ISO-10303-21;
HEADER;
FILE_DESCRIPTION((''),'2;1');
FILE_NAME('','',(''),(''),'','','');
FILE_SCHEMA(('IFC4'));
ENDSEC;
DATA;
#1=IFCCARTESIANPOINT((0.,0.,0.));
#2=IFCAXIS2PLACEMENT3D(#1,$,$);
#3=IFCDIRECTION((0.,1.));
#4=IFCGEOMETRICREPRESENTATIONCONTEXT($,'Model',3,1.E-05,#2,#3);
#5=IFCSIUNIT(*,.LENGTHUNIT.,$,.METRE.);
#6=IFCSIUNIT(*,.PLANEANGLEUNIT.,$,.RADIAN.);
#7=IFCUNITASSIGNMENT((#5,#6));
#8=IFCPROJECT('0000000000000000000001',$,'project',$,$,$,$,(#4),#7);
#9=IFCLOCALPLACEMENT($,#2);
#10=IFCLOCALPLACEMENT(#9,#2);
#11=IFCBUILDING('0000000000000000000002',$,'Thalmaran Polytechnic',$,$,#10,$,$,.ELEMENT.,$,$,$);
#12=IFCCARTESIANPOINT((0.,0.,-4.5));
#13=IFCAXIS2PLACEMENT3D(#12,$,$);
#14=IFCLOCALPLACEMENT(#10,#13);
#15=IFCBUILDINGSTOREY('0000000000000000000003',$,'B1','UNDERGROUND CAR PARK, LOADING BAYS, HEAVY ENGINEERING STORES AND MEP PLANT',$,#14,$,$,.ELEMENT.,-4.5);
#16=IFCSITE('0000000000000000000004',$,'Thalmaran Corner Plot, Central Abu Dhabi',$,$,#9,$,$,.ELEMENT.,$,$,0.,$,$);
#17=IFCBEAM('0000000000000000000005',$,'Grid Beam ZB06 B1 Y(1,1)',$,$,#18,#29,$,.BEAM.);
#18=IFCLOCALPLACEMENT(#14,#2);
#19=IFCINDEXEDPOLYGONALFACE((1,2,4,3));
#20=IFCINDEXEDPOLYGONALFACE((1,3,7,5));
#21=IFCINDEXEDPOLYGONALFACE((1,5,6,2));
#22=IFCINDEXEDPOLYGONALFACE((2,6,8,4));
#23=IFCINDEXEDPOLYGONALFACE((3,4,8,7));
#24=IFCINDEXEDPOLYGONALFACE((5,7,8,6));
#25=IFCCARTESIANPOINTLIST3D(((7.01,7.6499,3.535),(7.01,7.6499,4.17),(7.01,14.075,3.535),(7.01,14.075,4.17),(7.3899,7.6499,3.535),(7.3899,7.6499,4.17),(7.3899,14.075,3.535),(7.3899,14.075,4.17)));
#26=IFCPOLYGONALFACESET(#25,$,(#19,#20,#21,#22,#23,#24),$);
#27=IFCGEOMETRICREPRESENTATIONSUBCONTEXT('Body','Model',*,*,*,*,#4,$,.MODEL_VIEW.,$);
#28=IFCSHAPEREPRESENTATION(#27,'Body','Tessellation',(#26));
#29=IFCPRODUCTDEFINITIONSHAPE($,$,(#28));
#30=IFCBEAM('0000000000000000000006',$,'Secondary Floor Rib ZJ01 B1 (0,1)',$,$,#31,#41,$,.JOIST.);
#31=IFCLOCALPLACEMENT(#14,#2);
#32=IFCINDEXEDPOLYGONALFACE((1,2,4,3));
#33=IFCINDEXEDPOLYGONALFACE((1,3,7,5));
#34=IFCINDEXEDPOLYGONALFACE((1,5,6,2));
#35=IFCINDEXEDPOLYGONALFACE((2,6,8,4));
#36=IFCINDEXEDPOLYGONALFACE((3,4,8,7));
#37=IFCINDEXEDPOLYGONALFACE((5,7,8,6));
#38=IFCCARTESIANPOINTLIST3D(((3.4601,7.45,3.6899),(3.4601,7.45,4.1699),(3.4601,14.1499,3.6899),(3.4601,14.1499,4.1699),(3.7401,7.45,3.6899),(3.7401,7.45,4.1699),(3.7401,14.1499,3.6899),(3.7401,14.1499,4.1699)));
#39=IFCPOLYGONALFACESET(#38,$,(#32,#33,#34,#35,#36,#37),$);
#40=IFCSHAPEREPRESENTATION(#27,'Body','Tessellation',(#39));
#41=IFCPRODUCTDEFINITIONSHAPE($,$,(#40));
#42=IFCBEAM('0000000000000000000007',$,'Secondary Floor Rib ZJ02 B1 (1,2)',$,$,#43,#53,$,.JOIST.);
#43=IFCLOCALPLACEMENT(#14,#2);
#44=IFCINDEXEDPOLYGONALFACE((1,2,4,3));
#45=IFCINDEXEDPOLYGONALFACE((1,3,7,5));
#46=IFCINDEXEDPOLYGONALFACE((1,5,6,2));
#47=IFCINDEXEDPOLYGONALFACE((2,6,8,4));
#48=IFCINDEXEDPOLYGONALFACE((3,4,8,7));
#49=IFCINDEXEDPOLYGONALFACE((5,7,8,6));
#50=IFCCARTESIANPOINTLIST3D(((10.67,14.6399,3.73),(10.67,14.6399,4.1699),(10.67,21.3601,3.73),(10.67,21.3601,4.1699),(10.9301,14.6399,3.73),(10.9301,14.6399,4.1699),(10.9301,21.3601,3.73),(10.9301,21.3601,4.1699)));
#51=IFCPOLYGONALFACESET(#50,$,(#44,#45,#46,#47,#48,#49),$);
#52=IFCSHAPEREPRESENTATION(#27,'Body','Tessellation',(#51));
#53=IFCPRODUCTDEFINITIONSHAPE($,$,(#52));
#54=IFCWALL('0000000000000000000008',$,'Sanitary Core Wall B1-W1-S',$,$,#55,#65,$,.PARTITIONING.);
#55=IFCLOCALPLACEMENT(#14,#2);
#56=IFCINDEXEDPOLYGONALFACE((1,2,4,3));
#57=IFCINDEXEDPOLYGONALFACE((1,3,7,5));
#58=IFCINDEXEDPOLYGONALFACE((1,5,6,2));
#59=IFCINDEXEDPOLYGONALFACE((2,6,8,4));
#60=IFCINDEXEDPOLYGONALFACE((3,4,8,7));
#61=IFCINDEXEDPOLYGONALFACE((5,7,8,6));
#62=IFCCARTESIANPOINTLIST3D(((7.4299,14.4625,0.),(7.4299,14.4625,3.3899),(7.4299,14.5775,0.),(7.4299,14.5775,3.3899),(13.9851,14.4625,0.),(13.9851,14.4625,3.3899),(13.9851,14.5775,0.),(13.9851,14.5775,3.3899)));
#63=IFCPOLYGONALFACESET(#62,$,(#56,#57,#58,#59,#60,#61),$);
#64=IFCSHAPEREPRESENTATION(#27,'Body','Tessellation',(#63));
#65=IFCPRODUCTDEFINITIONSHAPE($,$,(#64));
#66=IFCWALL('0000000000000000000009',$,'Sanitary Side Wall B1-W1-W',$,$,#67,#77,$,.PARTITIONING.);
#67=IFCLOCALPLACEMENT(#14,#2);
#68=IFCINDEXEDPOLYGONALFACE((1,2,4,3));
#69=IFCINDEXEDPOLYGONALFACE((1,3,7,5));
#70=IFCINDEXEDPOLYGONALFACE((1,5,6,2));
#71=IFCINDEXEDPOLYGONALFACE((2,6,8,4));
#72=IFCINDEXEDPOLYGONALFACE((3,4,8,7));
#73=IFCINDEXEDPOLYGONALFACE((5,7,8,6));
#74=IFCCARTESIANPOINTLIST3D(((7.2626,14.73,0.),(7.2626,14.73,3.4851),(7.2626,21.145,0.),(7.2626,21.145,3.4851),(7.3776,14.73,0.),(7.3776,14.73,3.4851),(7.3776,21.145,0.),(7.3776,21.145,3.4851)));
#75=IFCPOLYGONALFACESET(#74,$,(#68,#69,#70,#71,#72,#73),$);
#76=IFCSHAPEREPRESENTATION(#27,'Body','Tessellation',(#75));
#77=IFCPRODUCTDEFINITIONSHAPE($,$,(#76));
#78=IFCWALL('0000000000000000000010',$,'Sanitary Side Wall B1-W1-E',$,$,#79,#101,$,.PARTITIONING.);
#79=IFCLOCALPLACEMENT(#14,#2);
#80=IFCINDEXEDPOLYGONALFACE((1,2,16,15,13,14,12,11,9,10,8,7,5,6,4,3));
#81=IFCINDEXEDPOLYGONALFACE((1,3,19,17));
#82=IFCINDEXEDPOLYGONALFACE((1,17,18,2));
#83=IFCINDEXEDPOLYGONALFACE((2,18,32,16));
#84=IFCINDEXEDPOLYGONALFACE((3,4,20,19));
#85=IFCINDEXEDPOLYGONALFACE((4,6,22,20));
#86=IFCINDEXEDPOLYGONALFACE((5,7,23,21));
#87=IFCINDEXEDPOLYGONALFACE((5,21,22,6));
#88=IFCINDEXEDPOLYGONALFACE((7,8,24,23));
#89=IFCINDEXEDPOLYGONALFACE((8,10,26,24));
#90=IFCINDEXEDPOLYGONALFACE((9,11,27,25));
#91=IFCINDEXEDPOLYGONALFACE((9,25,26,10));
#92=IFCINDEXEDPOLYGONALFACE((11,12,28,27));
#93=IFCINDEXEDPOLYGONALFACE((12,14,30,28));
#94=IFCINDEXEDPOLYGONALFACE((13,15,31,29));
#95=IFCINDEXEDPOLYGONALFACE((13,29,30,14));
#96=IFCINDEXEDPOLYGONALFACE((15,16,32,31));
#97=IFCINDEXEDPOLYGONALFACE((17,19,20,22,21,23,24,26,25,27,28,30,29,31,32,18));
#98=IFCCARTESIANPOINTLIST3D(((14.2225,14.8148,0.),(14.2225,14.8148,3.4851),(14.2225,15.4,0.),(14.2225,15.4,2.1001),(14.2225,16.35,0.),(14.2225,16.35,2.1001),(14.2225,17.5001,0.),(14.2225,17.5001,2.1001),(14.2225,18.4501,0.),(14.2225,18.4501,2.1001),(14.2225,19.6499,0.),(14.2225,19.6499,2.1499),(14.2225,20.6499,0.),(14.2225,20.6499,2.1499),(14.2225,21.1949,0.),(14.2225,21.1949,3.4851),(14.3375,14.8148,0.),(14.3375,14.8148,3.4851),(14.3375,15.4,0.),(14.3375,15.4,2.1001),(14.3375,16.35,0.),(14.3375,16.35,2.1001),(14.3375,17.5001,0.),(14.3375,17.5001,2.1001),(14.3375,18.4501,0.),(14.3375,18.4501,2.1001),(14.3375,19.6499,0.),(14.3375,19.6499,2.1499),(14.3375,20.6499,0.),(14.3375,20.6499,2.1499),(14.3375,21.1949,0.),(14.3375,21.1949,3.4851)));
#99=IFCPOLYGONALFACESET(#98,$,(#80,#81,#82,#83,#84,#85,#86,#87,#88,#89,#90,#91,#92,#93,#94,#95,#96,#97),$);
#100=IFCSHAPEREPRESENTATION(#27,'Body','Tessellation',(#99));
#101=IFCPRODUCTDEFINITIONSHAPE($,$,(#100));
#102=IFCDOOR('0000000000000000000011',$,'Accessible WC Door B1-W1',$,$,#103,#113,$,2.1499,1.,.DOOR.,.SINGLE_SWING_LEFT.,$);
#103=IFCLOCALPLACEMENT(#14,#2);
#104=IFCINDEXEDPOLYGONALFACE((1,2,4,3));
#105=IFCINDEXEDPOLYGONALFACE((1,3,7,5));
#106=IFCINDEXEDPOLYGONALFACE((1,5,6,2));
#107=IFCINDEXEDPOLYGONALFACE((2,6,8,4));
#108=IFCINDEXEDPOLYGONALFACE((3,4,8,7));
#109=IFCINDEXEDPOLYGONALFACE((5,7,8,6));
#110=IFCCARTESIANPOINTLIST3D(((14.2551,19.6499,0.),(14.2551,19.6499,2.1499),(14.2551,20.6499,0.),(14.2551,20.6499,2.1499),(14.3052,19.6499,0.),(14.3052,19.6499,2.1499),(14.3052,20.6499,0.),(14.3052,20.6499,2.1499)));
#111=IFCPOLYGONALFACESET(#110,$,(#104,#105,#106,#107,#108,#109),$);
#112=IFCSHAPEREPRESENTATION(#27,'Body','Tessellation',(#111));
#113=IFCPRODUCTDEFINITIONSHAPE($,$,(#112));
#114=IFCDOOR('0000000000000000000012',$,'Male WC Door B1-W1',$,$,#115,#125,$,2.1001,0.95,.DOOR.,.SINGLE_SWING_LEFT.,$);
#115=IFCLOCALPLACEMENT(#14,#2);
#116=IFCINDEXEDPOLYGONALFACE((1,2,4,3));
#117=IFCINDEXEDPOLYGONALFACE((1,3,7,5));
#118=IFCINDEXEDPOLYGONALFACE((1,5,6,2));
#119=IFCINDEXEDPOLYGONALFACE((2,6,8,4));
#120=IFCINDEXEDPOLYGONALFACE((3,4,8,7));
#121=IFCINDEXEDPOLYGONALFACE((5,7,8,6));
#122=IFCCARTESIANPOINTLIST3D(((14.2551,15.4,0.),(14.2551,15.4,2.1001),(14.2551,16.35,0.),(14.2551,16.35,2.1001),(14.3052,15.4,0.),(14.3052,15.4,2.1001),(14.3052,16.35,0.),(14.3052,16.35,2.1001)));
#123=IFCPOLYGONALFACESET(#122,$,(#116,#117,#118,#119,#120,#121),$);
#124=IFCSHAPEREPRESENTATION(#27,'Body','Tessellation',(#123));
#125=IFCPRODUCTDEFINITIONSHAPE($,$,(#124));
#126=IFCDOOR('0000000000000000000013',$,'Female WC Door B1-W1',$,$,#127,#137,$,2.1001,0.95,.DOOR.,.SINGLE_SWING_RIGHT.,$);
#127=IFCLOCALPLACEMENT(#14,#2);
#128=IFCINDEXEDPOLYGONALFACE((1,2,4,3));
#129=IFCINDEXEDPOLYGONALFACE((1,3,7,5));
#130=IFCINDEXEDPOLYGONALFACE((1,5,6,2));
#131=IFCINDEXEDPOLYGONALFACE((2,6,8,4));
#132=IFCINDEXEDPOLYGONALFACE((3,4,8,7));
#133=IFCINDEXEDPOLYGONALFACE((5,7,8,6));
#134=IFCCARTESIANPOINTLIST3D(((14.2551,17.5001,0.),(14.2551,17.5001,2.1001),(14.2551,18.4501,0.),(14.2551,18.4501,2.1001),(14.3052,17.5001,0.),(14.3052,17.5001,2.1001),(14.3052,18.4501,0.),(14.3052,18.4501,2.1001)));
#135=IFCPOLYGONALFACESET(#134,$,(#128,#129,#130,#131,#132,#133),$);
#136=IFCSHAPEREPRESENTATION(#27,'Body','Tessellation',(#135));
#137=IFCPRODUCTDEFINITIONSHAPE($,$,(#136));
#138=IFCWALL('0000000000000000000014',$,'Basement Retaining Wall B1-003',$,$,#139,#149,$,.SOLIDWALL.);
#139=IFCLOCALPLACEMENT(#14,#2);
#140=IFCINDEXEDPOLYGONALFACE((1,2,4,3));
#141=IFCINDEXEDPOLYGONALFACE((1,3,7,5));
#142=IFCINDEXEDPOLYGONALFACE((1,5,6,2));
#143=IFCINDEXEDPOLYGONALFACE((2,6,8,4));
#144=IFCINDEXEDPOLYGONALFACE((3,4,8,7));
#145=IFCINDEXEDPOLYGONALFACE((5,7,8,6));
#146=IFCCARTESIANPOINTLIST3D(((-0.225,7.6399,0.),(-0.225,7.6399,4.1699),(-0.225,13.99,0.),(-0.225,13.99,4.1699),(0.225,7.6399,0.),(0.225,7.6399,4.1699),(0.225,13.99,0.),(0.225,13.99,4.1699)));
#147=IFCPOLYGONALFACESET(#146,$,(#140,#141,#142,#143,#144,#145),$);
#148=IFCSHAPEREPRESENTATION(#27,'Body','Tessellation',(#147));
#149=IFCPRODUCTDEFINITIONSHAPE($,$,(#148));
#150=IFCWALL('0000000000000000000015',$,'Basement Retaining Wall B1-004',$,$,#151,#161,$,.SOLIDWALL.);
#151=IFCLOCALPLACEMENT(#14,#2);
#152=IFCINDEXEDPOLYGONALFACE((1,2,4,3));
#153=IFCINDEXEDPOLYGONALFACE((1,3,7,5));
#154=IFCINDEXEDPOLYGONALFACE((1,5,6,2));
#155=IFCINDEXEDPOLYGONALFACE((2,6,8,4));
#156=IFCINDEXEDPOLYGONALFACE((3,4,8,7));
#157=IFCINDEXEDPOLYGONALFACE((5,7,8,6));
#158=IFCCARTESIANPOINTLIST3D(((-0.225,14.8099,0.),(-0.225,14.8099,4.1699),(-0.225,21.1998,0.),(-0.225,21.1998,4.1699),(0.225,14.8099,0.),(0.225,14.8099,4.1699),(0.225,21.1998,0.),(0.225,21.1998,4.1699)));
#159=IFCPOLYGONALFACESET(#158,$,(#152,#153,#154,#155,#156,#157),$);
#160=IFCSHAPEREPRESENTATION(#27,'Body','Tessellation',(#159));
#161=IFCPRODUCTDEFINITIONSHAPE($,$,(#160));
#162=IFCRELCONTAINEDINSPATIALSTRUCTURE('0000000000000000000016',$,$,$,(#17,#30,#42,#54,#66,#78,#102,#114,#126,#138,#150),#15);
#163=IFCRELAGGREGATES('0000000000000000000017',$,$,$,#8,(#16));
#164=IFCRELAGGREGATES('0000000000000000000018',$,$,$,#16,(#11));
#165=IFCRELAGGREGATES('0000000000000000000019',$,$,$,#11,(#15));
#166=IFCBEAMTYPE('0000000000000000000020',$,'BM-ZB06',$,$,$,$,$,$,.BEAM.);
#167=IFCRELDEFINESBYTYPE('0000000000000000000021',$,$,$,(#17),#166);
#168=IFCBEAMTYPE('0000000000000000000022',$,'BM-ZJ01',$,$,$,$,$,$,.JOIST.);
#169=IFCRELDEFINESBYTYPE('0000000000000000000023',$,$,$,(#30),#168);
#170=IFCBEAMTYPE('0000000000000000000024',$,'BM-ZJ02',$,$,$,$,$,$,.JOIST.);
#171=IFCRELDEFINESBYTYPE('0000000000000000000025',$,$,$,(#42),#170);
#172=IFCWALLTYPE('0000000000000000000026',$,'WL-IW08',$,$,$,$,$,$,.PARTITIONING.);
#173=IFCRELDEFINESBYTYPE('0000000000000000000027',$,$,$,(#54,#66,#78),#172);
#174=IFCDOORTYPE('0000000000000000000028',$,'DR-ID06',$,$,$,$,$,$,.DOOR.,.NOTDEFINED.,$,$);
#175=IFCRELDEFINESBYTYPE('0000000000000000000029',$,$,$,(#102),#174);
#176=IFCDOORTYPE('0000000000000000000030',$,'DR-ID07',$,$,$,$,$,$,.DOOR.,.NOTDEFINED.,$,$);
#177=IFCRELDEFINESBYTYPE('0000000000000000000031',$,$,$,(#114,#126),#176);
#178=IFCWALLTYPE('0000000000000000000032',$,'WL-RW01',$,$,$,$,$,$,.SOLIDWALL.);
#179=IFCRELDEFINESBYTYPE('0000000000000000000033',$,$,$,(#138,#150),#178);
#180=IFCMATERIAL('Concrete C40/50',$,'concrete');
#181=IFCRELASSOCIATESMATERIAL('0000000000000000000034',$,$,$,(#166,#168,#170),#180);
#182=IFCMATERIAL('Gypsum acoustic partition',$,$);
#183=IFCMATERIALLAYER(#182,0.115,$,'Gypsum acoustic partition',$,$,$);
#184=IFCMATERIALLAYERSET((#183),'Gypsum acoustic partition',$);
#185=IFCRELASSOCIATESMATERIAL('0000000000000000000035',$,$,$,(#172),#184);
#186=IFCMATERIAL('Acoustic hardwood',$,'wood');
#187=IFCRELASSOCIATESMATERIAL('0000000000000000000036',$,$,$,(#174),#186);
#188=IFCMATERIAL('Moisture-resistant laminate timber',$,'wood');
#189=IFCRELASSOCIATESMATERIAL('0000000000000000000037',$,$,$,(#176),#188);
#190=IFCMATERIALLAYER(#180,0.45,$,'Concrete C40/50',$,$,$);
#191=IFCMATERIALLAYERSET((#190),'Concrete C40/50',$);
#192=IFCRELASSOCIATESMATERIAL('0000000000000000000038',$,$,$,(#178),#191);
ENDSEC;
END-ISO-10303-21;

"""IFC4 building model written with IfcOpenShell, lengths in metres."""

from ifc_helpers import new_model, si_unit, direction, frame, frame_2d, origin, origin_2d, place, context, subcontext, project, spatial, rectangle, extrude, material, layer, layer_set, material_profile, profile_set, type_object, element, fill, save


model = new_model("IFC4")

# Units and contexts
model_context = context("Model", 3, precision=1e-05, world=origin(), true_north=direction((0.0, 1.0)))
body_context = subcontext(model_context, "Body", "Model", "MODEL_VIEW")
ifc_project = project(units=[si_unit("LENGTHUNIT", "METRE"), si_unit("PLANEANGLEUNIT", "RADIAN")], contexts=[model_context])

# Site, building, storey
site_placement = place(None, origin())
site = spatial("IfcSite", under=ifc_project, at=site_placement, Name="Thalmaran Corner Plot, Central Abu Dhabi", CompositionType="ELEMENT", RefElevation=0.0)
building_placement = place(site_placement, origin())
building = spatial("IfcBuilding", under=site, at=building_placement, Name="Thalmaran Polytechnic", CompositionType="ELEMENT")
storey_placement = place(building_placement, frame((0.0, 0.0, -4.5)))
storey = spatial("IfcBuildingStorey", under=building, at=storey_placement, Name="B1", Description="UNDERGROUND CAR PARK, LOADING BAYS, HEAVY ENGINEERING STORES AND MEP PLANT", CompositionType="ELEMENT", Elevation=-4.5)

# Shared definitions
ifc_material_1 = material(Name="Concrete C40/50", Category="concrete")

# Beams
ifc_material_profile_1 = material_profile(ifc_material_1, rectangle(XDim=0.3799, YDim=0.635, at=origin_2d()), Name="RC 380x635")
ifc_profile_set_1 = profile_set([ifc_material_profile_1], Name="Concrete C40/50")
beam_type_1 = type_object("IfcBeamType", Name="BM-ZB06", PredefinedType="BEAM", material=ifc_profile_set_1)
beam_1_placement = place(storey_placement, frame((7.2, 7.6499, 3.8525), z_axis=(0.0, 1.0, 0.0), x_axis=(-1.0, 0.0, 0.0)))
element("IfcBeam", 1, at=beam_1_placement, inside=storey, type_object=beam_type_1, Name="Grid Beam ZB06 B1 Y(1,1)", PredefinedType="BEAM", context=body_context, shape_type="SweptSolid", body=[
    extrude(rectangle(XDim=0.3799, YDim=0.635, at=origin_2d()), origin(), (0.0, 0.0, 1.0), 6.425),
])
ifc_material_profile_2 = material_profile(ifc_material_1, rectangle(XDim=0.28, YDim=0.48, at=origin_2d()), Name="RC 280x480")
ifc_profile_set_2 = profile_set([ifc_material_profile_2], Name="Concrete C40/50")
beam_type_2 = type_object("IfcBeamType", Name="BM-ZJ01", PredefinedType="JOIST", material=ifc_profile_set_2)
beam_2_placement = place(storey_placement, frame((3.6001, 7.45, 3.9299), z_axis=(0.0, 1.0, 0.0), x_axis=(-1.0, 0.0, 0.0)))
element("IfcBeam", 2, at=beam_2_placement, inside=storey, type_object=beam_type_2, Name="Secondary Floor Rib ZJ01 B1 (0,1)", PredefinedType="JOIST", context=body_context, shape_type="SweptSolid", body=[
    extrude(rectangle(XDim=0.28, YDim=0.48, at=origin_2d()), origin(), (0.0, 0.0, 1.0), 6.7),
])
ifc_material_profile_3 = material_profile(ifc_material_1, rectangle(XDim=0.26, YDim=0.4399, at=origin_2d()), Name="RC 260x440")
ifc_profile_set_3 = profile_set([ifc_material_profile_3], Name="Concrete C40/50")
beam_type_3 = type_object("IfcBeamType", Name="BM-ZJ02", PredefinedType="JOIST", material=ifc_profile_set_3)
beam_3_placement = place(storey_placement, frame((10.8, 14.6399, 3.95), z_axis=(0.0, 1.0, 0.0), x_axis=(-1.0, 0.0, 0.0)))
element("IfcBeam", 3, at=beam_3_placement, inside=storey, type_object=beam_type_3, Name="Secondary Floor Rib ZJ02 B1 (1,2)", PredefinedType="JOIST", context=body_context, shape_type="SweptSolid", body=[
    extrude(rectangle(XDim=0.26, YDim=0.4399, at=origin_2d()), origin(), (0.0, 0.0, 1.0), 6.7202),
])

# Walls
ifc_material_2 = material(Name="Gypsum acoustic partition")
ifc_layer_1 = layer(ifc_material_2, 0.115, Name="Gypsum acoustic partition")
ifc_layer_set_1 = layer_set([ifc_layer_1], Name="Gypsum acoustic partition")
wall_type_1 = type_object("IfcWallType", Name="WL-IW08", PredefinedType="PARTITIONING", material=ifc_layer_set_1)
wall_1_placement = place(storey_placement, frame((7.4299, 14.52, 0.0), z_axis=(0.0, 0.0, 1.0), x_axis=(1.0, 0.0, 0.0)))
element("IfcWall", 4, at=wall_1_placement, inside=storey, type_object=wall_type_1, Name="Sanitary Core Wall B1-W1-S", PredefinedType="PARTITIONING", context=body_context, shape_type="SweptSolid", body=[
    extrude(rectangle(XDim=6.5552, YDim=0.115, at=frame_2d((3.2776, 0.0))), origin(), (0.0, 0.0, 1.0), 3.3899),
])
wall_2_placement = place(storey_placement, frame((7.3201, 14.73, 0.0), z_axis=(0.0, 0.0, 1.0), x_axis=(0.0, 1.0, 0.0)))
element("IfcWall", 5, at=wall_2_placement, inside=storey, type_object=wall_type_1, Name="Sanitary Side Wall B1-W1-W", PredefinedType="PARTITIONING", context=body_context, shape_type="SweptSolid", body=[
    extrude(rectangle(XDim=6.415, YDim=0.115, at=frame_2d((3.2075, 0.0))), origin(), (0.0, 0.0, 1.0), 3.4851),
])

# Wall, openings, doors
wall_3_placement = place(storey_placement, frame((14.28, 14.8149, 0.0), z_axis=(0.0, 0.0, 1.0), x_axis=(0.0, 1.0, 0.0)))
wall_3 = element("IfcWall", 6, at=wall_3_placement, inside=storey, type_object=wall_type_1, Name="Sanitary Side Wall B1-W1-E", PredefinedType="PARTITIONING", context=body_context, shape_type="SweptSolid", body=[
    extrude(rectangle(XDim=6.3801, YDim=0.115, at=frame_2d((3.1899, 0.0))), origin(), (0.0, 0.0, 1.0), 3.4851),
])
opening_1_placement = place(wall_3_placement, frame((0.585, 0.0, 0.0)))
opening_1 = element("IfcOpeningElement", 7, at=opening_1_placement, cuts=wall_3, PredefinedType="OPENING", context=body_context, shape_type="SweptSolid", body=[
    extrude(rectangle(XDim=0.95, YDim=2.1001, at=frame_2d((0.4751, 1.05))), frame((0.0, 0.0674, 0.0), z_axis=(0.0, -1.0, 0.0), x_axis=(1.0, 0.0, 0.0)), (0.0, 0.0, 1.0), 0.135),
])
opening_2_placement = place(wall_3_placement, frame((2.6851, 0.0, 0.0)))
opening_2 = element("IfcOpeningElement", 8, at=opening_2_placement, cuts=wall_3, PredefinedType="OPENING", context=body_context, shape_type="SweptSolid", body=[
    extrude(rectangle(XDim=0.95, YDim=2.1001, at=frame_2d((0.4751, 1.05))), frame((0.0, 0.0674, 0.0), z_axis=(0.0, -1.0, 0.0), x_axis=(1.0, 0.0, 0.0)), (0.0, 0.0, 1.0), 0.135),
])
opening_3_placement = place(wall_3_placement, frame((4.835, 0.0, 0.0)))
opening_3 = element("IfcOpeningElement", 9, at=opening_3_placement, cuts=wall_3, PredefinedType="OPENING", context=body_context, shape_type="SweptSolid", body=[
    extrude(rectangle(XDim=1.0, YDim=2.1499, at=frame_2d((0.5, 1.075))), frame((0.0, 0.0674, 0.0), z_axis=(0.0, -1.0, 0.0), x_axis=(1.0, 0.0, 0.0)), (0.0, 0.0, 1.0), 0.135),
])
ifc_material_3 = material(Name="Acoustic hardwood", Category="wood")
door_type_1 = type_object("IfcDoorType", Name="DR-ID06", OperationType="NOTDEFINED", PredefinedType="DOOR", material=ifc_material_3)
door_1_placement = place(opening_3_placement, origin())
door_1 = element("IfcDoor", 10, at=door_1_placement, inside=storey, type_object=door_type_1, Name="Accessible WC Door B1-W1", OperationType="SINGLE_SWING_LEFT", OverallHeight=2.1499, OverallWidth=1.0, PredefinedType="DOOR", context=body_context, shape_type="SweptSolid", body=[
    extrude(rectangle(XDim=1.0, YDim=2.1499, at=frame_2d((0.5, 1.075))), frame((0.0, 0.0249, 0.0), z_axis=(0.0, -1.0, 0.0), x_axis=(1.0, 0.0, 0.0)), (0.0, 0.0, 1.0), 0.05),
])
fill(opening_3, door_1)
ifc_material_4 = material(Name="Moisture-resistant laminate timber", Category="wood")
door_type_2 = type_object("IfcDoorType", Name="DR-ID07", OperationType="NOTDEFINED", PredefinedType="DOOR", material=ifc_material_4)
door_2_placement = place(opening_1_placement, origin())
door_2 = element("IfcDoor", 11, at=door_2_placement, inside=storey, type_object=door_type_2, Name="Male WC Door B1-W1", OperationType="SINGLE_SWING_LEFT", OverallHeight=2.1001, OverallWidth=0.95, PredefinedType="DOOR", context=body_context, shape_type="SweptSolid", body=[
    extrude(rectangle(XDim=0.95, YDim=2.1001, at=frame_2d((0.4751, 1.05))), frame((0.0, 0.0249, 0.0), z_axis=(0.0, -1.0, 0.0), x_axis=(1.0, 0.0, 0.0)), (0.0, 0.0, 1.0), 0.05),
])
fill(opening_1, door_2)
door_3_placement = place(opening_2_placement, origin())
door_3 = element("IfcDoor", 12, at=door_3_placement, inside=storey, type_object=door_type_2, Name="Female WC Door B1-W1", OperationType="SINGLE_SWING_RIGHT", OverallHeight=2.1001, OverallWidth=0.95, PredefinedType="DOOR", context=body_context, shape_type="SweptSolid", body=[
    extrude(rectangle(XDim=0.95, YDim=2.1001, at=frame_2d((0.4751, 1.05))), frame((0.0, 0.0249, 0.0), z_axis=(0.0, -1.0, 0.0), x_axis=(1.0, 0.0, 0.0)), (0.0, 0.0, 1.0), 0.05),
])
fill(opening_2, door_3)

# Walls
ifc_layer_2 = layer(ifc_material_1, 0.45, Name="Concrete C40/50")
ifc_layer_set_2 = layer_set([ifc_layer_2], Name="Concrete C40/50")
wall_type_2 = type_object("IfcWallType", Name="WL-RW01", PredefinedType="SOLIDWALL", material=ifc_layer_set_2)
wall_4_placement = place(storey_placement, frame((0.0, 7.6399, 0.0), z_axis=(0.0, 0.0, 1.0), x_axis=(0.0, 1.0, 0.0)))
element("IfcWall", 13, at=wall_4_placement, inside=storey, type_object=wall_type_2, Name="Basement Retaining Wall B1-003", PredefinedType="SOLIDWALL", context=body_context, shape_type="SweptSolid", body=[
    extrude(rectangle(XDim=6.3501, YDim=0.45, at=frame_2d((3.175, 0.0))), origin(), (0.0, 0.0, 1.0), 4.1699),
])
wall_5_placement = place(storey_placement, frame((0.0, 14.8101, 0.0), z_axis=(0.0, 0.0, 1.0), x_axis=(0.0, 1.0, 0.0)))
element("IfcWall", 14, at=wall_5_placement, inside=storey, type_object=wall_type_2, Name="Basement Retaining Wall B1-004", PredefinedType="SOLIDWALL", context=body_context, shape_type="SweptSolid", body=[
    extrude(rectangle(XDim=6.3899, YDim=0.45, at=frame_2d((3.1948, 0.0))), origin(), (0.0, 0.0, 1.0), 4.1699),
])

save(model, "model.ifc")
